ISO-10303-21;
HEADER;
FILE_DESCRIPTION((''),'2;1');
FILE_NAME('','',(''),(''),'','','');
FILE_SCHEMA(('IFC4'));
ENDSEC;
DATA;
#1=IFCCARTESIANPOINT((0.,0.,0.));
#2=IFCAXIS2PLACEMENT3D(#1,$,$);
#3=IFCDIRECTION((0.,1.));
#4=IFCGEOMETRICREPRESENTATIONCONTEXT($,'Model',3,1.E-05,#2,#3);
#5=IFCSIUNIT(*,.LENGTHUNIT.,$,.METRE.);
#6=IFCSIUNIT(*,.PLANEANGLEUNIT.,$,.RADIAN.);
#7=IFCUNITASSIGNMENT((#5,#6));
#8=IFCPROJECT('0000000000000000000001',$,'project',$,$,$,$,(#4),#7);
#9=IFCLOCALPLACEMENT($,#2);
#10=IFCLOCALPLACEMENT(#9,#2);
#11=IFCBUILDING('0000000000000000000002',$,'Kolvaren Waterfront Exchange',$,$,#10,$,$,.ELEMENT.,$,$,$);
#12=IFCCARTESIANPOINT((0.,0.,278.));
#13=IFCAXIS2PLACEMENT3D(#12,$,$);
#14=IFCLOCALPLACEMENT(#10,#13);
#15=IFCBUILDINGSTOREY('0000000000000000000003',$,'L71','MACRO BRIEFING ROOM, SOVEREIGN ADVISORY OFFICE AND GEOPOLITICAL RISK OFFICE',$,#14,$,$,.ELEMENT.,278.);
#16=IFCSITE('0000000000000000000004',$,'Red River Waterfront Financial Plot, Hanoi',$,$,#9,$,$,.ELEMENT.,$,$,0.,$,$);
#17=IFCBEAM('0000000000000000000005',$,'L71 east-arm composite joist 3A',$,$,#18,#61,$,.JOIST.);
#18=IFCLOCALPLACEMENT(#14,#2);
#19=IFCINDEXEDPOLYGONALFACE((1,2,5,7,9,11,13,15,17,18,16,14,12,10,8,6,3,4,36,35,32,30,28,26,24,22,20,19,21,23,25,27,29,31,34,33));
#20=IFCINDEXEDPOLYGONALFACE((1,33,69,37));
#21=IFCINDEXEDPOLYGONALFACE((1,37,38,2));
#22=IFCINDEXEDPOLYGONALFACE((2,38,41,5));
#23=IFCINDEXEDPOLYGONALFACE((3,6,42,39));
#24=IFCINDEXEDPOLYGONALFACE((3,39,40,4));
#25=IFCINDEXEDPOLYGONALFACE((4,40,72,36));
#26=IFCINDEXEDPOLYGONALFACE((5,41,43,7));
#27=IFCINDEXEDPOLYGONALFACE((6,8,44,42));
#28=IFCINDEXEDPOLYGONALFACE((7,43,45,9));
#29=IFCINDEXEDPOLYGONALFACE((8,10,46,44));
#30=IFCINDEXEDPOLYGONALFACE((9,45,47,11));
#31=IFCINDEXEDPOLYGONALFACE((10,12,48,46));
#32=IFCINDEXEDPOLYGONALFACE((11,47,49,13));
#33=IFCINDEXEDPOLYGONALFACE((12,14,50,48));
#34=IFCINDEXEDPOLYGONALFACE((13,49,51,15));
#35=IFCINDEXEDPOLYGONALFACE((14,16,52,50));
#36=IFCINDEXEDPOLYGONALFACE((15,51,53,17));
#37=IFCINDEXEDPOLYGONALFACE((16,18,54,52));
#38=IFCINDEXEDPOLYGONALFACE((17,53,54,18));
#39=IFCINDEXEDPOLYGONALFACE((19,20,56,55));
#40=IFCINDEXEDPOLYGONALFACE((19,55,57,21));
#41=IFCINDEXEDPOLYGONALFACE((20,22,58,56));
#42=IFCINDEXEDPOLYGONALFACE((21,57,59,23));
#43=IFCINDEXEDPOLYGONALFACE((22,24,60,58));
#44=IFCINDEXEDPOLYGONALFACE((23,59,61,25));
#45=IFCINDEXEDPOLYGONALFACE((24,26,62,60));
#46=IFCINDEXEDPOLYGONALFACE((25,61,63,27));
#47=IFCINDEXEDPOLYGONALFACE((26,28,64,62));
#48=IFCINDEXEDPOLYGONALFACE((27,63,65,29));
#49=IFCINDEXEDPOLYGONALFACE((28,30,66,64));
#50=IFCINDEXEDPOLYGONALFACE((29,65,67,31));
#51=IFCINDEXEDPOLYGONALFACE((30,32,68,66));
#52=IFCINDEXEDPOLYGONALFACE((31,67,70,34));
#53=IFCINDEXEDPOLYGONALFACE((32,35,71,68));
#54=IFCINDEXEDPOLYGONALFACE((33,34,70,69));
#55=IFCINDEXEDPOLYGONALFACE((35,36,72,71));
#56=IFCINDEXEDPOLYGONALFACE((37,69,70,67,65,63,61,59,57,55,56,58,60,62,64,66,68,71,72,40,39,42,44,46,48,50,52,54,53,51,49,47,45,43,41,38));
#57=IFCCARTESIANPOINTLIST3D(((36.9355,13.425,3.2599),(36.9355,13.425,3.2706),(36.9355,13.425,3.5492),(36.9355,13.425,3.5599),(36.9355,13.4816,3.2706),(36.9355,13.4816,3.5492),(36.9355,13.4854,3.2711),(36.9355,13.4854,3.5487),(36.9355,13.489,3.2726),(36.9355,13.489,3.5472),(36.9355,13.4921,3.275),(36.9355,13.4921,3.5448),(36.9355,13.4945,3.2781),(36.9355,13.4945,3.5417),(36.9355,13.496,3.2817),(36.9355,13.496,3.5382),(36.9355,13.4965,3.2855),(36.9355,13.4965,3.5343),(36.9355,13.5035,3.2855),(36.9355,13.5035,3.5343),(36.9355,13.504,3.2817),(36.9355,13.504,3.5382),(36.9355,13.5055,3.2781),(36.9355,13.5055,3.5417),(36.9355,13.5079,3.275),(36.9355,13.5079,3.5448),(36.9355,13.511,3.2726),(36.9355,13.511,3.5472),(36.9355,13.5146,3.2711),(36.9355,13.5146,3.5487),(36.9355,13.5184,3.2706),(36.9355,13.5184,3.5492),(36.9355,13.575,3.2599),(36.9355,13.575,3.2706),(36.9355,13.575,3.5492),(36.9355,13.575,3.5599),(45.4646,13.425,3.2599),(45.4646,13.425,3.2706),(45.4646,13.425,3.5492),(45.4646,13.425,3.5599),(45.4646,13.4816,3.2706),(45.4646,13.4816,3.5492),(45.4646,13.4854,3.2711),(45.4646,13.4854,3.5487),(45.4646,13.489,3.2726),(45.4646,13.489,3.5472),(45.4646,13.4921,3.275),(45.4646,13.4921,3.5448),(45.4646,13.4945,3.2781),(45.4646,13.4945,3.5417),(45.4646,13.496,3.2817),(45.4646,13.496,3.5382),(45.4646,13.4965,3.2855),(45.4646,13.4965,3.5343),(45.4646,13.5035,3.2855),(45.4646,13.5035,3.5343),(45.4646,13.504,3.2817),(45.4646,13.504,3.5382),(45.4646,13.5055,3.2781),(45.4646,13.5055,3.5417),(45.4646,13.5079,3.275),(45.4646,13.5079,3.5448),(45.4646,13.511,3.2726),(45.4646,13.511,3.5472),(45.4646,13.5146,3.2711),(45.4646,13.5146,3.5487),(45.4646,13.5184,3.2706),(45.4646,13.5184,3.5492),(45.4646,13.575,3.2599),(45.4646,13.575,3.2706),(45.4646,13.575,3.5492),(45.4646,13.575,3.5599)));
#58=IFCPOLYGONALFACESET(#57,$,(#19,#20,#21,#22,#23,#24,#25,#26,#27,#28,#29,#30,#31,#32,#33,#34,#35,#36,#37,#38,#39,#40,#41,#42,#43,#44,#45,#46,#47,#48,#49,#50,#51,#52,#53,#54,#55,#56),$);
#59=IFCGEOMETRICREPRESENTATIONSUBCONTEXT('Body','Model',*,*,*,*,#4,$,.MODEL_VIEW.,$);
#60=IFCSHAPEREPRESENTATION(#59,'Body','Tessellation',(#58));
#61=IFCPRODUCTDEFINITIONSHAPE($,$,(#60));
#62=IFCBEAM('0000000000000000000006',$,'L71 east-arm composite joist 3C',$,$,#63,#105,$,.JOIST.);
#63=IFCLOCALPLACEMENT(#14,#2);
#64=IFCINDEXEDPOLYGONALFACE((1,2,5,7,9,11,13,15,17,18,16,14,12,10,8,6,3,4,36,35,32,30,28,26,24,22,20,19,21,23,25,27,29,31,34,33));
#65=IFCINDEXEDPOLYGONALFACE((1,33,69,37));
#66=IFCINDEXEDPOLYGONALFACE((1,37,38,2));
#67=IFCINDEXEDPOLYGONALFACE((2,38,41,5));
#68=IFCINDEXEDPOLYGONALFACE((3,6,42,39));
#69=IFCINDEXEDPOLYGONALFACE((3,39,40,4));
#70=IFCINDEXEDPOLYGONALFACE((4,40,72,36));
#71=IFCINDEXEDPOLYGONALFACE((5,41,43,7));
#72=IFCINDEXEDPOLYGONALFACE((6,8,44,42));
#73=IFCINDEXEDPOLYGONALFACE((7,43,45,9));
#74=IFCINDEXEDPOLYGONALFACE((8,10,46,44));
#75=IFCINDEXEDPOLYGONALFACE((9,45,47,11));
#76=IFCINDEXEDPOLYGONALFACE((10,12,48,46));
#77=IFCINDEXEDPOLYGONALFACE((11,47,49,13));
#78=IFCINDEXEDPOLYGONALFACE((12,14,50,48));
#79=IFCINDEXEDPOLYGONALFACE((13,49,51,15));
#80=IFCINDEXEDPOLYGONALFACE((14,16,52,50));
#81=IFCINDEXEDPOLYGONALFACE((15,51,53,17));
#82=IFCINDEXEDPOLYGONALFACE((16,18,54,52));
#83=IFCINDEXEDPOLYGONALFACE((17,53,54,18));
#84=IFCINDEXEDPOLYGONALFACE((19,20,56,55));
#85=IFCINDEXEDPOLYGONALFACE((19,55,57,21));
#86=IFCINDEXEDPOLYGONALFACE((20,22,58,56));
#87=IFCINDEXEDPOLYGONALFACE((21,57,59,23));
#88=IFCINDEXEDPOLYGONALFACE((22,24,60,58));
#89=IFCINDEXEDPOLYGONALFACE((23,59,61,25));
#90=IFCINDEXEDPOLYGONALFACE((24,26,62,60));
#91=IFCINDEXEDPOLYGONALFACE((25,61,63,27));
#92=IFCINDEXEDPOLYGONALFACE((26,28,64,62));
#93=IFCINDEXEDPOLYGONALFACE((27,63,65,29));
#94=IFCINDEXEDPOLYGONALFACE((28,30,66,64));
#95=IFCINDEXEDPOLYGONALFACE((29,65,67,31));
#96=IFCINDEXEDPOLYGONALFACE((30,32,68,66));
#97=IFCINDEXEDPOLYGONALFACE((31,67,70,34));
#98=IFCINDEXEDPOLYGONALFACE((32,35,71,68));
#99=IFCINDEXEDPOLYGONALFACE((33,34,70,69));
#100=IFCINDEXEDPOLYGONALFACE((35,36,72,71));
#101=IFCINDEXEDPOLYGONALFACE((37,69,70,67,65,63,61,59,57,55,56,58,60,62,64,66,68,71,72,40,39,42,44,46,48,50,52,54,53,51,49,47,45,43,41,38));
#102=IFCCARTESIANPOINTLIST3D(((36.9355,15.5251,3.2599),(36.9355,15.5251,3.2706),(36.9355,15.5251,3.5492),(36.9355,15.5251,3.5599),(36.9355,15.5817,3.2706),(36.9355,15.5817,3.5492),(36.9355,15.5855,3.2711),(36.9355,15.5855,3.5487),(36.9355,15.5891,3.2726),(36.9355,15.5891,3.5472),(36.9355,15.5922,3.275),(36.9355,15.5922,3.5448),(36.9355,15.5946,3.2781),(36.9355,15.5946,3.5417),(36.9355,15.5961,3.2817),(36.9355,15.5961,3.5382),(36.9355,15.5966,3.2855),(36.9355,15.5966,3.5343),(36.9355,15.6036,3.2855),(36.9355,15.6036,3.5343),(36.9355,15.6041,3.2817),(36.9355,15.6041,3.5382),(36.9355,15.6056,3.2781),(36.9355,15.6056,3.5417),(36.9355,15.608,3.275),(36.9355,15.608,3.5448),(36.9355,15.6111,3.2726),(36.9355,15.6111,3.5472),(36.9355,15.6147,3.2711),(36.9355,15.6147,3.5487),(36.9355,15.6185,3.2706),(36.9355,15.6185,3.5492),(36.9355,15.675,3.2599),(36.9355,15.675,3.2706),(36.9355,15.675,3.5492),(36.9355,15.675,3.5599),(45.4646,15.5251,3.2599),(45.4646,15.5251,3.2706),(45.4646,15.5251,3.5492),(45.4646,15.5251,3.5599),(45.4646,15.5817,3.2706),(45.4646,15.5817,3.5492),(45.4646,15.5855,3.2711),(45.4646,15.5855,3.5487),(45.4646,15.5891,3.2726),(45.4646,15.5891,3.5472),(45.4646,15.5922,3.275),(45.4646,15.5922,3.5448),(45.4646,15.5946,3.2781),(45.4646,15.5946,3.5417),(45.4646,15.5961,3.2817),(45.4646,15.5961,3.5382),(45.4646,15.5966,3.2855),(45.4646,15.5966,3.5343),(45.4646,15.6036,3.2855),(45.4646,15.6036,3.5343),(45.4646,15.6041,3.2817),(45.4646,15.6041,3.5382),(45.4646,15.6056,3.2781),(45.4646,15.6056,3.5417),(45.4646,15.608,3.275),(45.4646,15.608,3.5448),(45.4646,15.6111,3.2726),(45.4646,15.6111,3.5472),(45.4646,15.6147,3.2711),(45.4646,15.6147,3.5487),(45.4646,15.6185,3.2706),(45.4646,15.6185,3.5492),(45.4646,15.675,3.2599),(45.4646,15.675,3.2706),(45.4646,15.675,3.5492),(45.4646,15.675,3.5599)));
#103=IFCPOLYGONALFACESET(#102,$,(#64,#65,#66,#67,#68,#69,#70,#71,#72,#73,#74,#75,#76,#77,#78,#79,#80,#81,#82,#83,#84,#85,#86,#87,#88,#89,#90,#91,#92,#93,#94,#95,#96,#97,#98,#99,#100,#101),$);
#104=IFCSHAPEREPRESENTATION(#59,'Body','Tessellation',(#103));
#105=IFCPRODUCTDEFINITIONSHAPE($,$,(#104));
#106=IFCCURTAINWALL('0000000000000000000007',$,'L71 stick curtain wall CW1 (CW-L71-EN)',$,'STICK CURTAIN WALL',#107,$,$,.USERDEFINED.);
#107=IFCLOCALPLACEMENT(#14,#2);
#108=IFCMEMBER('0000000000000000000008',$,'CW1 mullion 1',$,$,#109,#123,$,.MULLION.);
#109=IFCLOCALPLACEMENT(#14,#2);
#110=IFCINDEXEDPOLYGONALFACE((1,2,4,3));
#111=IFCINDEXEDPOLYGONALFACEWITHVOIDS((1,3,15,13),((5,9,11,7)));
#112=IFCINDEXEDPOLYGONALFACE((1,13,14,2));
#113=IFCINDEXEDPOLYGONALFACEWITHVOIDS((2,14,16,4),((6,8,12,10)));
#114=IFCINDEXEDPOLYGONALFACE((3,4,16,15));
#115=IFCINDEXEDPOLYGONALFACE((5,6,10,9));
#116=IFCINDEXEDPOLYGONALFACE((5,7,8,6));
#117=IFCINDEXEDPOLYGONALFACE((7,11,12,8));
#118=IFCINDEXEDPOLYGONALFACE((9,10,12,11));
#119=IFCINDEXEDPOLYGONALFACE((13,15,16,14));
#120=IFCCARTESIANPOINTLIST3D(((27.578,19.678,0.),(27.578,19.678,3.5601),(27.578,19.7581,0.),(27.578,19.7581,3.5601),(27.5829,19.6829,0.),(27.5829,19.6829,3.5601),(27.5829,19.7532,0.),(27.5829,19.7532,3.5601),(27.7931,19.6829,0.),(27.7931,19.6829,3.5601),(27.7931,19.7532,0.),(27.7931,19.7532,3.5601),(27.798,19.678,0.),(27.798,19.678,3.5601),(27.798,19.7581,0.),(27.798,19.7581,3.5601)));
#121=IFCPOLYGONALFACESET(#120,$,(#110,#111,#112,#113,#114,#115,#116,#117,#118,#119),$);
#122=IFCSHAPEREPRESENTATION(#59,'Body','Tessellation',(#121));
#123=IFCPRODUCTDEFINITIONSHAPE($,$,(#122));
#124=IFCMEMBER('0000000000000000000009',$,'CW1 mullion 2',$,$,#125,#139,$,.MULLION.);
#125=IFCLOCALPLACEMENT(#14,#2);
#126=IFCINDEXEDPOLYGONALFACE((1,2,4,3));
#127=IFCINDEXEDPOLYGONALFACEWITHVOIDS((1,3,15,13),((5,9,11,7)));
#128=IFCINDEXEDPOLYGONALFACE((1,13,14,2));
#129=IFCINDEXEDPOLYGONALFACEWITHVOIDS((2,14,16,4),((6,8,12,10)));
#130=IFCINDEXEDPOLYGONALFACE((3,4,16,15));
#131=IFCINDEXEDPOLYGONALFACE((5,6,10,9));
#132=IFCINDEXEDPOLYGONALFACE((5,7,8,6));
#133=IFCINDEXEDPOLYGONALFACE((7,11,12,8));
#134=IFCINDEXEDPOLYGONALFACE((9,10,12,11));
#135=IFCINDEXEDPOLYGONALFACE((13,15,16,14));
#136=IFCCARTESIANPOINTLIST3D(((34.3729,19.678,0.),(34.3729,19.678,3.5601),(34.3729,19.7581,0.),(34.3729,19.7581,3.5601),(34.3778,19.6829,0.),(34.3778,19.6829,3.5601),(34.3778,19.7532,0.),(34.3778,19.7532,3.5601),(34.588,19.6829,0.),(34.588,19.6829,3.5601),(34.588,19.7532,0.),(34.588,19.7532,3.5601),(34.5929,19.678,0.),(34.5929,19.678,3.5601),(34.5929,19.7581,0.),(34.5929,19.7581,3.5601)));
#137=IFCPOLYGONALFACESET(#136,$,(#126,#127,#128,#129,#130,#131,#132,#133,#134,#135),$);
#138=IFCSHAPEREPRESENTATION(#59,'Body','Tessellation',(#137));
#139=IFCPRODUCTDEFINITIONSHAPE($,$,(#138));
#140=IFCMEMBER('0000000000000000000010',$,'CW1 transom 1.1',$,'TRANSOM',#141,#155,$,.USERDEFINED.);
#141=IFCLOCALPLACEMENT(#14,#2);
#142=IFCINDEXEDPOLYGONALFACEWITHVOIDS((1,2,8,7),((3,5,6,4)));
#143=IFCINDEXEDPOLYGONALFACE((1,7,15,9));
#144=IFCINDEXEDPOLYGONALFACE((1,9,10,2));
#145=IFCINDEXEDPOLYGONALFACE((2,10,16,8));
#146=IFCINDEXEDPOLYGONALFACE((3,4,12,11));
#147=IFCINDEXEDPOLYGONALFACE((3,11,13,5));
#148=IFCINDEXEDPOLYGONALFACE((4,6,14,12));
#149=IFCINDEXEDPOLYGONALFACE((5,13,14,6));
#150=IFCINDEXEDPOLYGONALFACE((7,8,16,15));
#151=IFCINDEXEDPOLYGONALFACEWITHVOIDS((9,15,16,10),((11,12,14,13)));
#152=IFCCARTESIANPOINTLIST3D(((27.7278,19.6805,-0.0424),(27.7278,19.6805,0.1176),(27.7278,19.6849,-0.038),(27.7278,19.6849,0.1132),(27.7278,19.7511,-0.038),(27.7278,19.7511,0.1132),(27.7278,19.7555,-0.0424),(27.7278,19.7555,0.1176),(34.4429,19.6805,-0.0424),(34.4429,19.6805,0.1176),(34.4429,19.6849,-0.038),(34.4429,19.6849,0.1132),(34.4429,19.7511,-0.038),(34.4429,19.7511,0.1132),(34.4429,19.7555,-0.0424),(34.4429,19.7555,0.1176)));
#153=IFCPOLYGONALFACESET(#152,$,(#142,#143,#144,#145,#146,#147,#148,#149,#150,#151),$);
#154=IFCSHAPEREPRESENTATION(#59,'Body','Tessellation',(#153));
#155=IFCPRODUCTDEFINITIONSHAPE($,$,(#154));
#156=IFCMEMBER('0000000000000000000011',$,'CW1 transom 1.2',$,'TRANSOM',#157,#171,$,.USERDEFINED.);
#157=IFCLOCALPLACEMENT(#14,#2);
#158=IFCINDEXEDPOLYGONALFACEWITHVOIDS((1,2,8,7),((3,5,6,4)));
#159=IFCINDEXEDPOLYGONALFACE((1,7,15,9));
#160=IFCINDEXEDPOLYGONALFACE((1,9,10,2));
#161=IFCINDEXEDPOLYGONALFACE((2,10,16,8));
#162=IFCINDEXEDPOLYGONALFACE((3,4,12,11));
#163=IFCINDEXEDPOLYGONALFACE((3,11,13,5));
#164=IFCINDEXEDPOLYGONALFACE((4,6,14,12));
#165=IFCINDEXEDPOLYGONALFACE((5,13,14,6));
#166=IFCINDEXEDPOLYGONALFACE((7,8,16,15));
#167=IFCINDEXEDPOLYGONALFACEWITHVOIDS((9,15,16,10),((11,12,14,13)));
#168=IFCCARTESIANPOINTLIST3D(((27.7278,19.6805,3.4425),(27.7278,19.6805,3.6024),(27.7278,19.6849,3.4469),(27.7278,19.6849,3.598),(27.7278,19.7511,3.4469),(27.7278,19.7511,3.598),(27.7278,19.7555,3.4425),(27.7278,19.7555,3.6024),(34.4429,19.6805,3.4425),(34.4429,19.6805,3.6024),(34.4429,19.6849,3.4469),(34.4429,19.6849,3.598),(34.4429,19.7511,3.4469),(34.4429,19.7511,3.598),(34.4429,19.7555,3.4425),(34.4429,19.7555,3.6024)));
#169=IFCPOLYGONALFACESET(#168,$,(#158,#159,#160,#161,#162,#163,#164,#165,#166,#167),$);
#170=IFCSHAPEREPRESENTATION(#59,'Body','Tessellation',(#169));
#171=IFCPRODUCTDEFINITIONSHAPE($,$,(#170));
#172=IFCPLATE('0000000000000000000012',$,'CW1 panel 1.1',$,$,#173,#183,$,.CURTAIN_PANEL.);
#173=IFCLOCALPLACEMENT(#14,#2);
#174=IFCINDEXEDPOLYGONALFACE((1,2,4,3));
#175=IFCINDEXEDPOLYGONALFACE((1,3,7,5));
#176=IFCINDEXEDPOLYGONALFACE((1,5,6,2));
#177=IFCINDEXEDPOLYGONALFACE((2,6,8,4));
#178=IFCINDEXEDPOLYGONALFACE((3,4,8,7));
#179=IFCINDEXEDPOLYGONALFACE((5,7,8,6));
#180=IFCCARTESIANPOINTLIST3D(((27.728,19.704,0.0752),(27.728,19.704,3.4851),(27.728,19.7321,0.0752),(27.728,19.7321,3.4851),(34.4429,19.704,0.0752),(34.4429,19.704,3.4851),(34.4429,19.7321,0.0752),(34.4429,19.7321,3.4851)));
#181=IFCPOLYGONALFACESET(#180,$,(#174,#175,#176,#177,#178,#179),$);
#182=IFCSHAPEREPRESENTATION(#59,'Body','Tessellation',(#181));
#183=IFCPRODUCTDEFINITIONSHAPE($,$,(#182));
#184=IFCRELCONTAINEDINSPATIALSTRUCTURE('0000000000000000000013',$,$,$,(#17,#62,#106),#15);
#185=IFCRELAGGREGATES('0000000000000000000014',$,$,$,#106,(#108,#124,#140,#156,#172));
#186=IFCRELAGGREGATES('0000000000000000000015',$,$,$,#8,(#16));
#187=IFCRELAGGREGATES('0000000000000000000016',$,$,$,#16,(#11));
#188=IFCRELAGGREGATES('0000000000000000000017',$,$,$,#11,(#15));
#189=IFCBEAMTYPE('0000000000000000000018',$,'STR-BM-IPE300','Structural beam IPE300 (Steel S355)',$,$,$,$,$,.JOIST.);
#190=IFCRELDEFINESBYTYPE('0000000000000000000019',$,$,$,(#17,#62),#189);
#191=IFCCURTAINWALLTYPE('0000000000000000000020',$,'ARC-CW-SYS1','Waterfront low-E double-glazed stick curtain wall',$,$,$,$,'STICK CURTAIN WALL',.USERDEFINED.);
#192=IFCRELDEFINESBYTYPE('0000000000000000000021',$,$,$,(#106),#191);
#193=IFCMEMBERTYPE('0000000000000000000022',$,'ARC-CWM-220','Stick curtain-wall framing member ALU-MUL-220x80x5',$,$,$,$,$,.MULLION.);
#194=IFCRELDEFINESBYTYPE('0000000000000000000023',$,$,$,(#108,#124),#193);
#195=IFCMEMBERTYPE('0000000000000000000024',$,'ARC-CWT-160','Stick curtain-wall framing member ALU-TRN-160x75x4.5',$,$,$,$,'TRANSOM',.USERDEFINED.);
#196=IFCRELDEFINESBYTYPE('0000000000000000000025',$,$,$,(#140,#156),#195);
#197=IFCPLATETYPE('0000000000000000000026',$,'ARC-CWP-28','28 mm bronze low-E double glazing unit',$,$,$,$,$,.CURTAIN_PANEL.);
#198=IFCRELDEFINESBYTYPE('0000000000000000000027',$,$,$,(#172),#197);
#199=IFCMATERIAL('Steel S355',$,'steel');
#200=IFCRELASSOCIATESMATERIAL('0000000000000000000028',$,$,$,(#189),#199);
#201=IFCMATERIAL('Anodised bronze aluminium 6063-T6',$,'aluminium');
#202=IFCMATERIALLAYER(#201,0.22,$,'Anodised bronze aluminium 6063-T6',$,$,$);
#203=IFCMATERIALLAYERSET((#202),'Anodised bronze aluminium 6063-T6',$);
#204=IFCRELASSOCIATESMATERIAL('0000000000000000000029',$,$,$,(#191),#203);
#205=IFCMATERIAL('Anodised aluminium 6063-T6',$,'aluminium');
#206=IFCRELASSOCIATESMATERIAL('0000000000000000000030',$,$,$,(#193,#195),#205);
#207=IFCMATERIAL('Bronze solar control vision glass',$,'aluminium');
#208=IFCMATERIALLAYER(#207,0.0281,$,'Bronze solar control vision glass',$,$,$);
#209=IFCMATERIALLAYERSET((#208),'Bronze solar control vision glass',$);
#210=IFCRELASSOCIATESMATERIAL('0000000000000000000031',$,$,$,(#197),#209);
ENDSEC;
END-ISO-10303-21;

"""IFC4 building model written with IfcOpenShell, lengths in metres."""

from ifc_helpers import new_model, si_unit, direction, frame, origin, origin_with_axes, origin_2d, place, context, subcontext, project, spatial, rectangle, hollow_rectangle, i_section, extrude, source, transform, mapped, material, layer, layer_set, material_profile, profile_set, type_object, element, aggregate, save


model = new_model("IFC4")

# Units and contexts
model_context = context("Model", 3, precision=1e-05, world=origin(), true_north=direction((0.0, 1.0)))
body_context = subcontext(model_context, "Body", "Model", "MODEL_VIEW")
ifc_project = project(units=[si_unit("LENGTHUNIT", "METRE"), si_unit("PLANEANGLEUNIT", "RADIAN")], contexts=[model_context])

# Site, building, storey
site_placement = place(None, origin())
site = spatial("IfcSite", under=ifc_project, at=site_placement, Name="Red River Waterfront Financial Plot, Hanoi", CompositionType="ELEMENT", RefElevation=0.0)
building_placement = place(site_placement, origin())
building = spatial("IfcBuilding", under=site, at=building_placement, Name="Kolvaren Waterfront Exchange", CompositionType="ELEMENT")
storey_placement = place(building_placement, frame((0.0, 0.0, 278.0)))
storey = spatial("IfcBuildingStorey", under=building, at=storey_placement, Name="L71", Description="MACRO BRIEFING ROOM, SOVEREIGN ADVISORY OFFICE AND GEOPOLITICAL RISK OFFICE", CompositionType="ELEMENT", Elevation=278.0)

# Beams
ifc_material_1 = material(Name="Steel S355", Category="steel")
ifc_material_profile_1 = material_profile(ifc_material_1, i_section(OverallWidth=0.1499, OverallDepth=0.3, WebThickness=0.0071, FlangeThickness=0.0107, FilletRadius=0.0149, at=origin_2d()), Name="IPE300")
ifc_profile_set_1 = profile_set([ifc_material_profile_1], Name="Steel S355")
beam_type_1 = type_object("IfcBeamType", Name="STR-BM-IPE300", Description="Structural beam IPE300 (Steel S355)", PredefinedType="JOIST", material=ifc_profile_set_1)
for number, where, z_axis, x_axis, name in (
    (1, (36.9355, 13.5, 3.4099), (1.0, 0.0, 0.0), (0.0, 1.0, 0.0), "L71 east-arm composite joist 3A"),
    (2, (36.9355, 15.6001, 3.4099), (1.0, 0.0, 0.0), (0.0, 1.0, 0.0), "L71 east-arm composite joist 3C"),
):
    element("IfcBeam", number, at=place(storey_placement, frame(where, z_axis=z_axis, x_axis=x_axis)), inside=storey, type_object=beam_type_1, Name=name, PredefinedType="JOIST", context=body_context, shape_type="SweptSolid", body=[
        extrude(i_section(OverallWidth=0.1499, OverallDepth=0.3, WebThickness=0.0071, FlangeThickness=0.0107, FilletRadius=0.0149, at=origin_2d()), origin(), (0.0, 0.0, 1.0), 8.5291),
    ])

# Curtain wall, members, plate
ifc_material_2 = material(Name="Anodised bronze aluminium 6063-T6", Category="aluminium")
ifc_layer_1 = layer(ifc_material_2, 0.22, Name="Anodised bronze aluminium 6063-T6")
ifc_layer_set_1 = layer_set([ifc_layer_1], Name="Anodised bronze aluminium 6063-T6")
curtain_wall_type = type_object("IfcCurtainWallType", Name="ARC-CW-SYS1", Description="Waterfront low-E double-glazed stick curtain wall", ElementType="STICK CURTAIN WALL", PredefinedType="USERDEFINED", material=ifc_layer_set_1)
curtain_wall_placement = place(storey_placement, origin())
curtain_wall = element("IfcCurtainWall", 3, at=curtain_wall_placement, inside=storey, type_object=curtain_wall_type, Name="L71 stick curtain wall CW1 (CW-L71-EN)", ObjectType="STICK CURTAIN WALL", PredefinedType="USERDEFINED")
ifc_material_3 = material(Name="Anodised aluminium 6063-T6", Category="aluminium")
ifc_material_profile_2 = material_profile(ifc_material_3, hollow_rectangle(XDim=0.0801, YDim=0.22, WallThickness=0.0049, at=origin_2d()), Name="ALU-MUL-220x80x5")
ifc_profile_set_2 = profile_set([ifc_material_profile_2], Name="Anodised aluminium 6063-T6")
member_type_1 = type_object("IfcMemberType", Name="ARC-CWM-220", Description="Stick curtain-wall framing member ALU-MUL-220x80x5", PredefinedType="MULLION", material=ifc_profile_set_2)
shared_shape_1 = source(origin_with_axes(), body_context, "Body", "SweptSolid", [
    extrude(hollow_rectangle(XDim=0.0801, YDim=0.22, WallThickness=0.0049, at=origin_2d()), origin(), (0.0, 0.0, 1.0), 3.5601),
])
member_1_placement = place(storey_placement, frame((27.688, 19.718, 0.0), z_axis=(0.0, 0.0, 1.0), x_axis=(0.0, 1.0, 0.0)))
member_1 = element("IfcMember", 4, at=member_1_placement, type_object=member_type_1, Name="CW1 mullion 1", PredefinedType="MULLION", context=body_context, shape_type="MappedRepresentation", body=[
    mapped(shared_shape_1, transform((0.0, 0.0, 0.0), x_axis=(1.0, 0.0, 0.0), y_axis=(0.0, 1.0, 0.0), z_axis=(0.0, 0.0, 1.0), scale=1.0)),
])
member_2_placement = place(storey_placement, frame((34.4829, 19.718, 0.0), z_axis=(0.0, 0.0, 1.0), x_axis=(0.0, 1.0, 0.0)))
member_2 = element("IfcMember", 5, at=member_2_placement, type_object=member_type_1, Name="CW1 mullion 2", PredefinedType="MULLION", context=body_context, shape_type="MappedRepresentation", body=[
    mapped(shared_shape_1, transform((0.0, 0.0, 0.0), x_axis=(1.0, 0.0, 0.0), y_axis=(0.0, 1.0, 0.0), z_axis=(0.0, 0.0, 1.0), scale=1.0)),
])
ifc_material_profile_3 = material_profile(ifc_material_3, hollow_rectangle(XDim=0.075, YDim=0.1599, WallThickness=0.0044, at=origin_2d()), Name="ALU-TRN-160x75x4.5")
ifc_profile_set_3 = profile_set([ifc_material_profile_3], Name="Anodised aluminium 6063-T6")
member_type_2 = type_object("IfcMemberType", Name="ARC-CWT-160", Description="Stick curtain-wall framing member ALU-TRN-160x75x4.5", ElementType="TRANSOM", PredefinedType="USERDEFINED", material=ifc_profile_set_3)
shared_shape_2 = source(origin_with_axes(), body_context, "Body", "SweptSolid", [
    extrude(hollow_rectangle(XDim=0.075, YDim=0.1599, WallThickness=0.0044, at=origin_2d()), origin(), (0.0, 0.0, 1.0), 6.7151),
])
member_3_placement = place(storey_placement, frame((27.7278, 19.718, 0.0376), z_axis=(1.0, 0.0, 0.0), x_axis=(0.0, 1.0, 0.0)))
member_3 = element("IfcMember", 6, at=member_3_placement, type_object=member_type_2, Name="CW1 transom 1.1", ObjectType="TRANSOM", PredefinedType="USERDEFINED", context=body_context, shape_type="MappedRepresentation", body=[
    mapped(shared_shape_2, transform((0.0, 0.0, 0.0), x_axis=(1.0, 0.0, 0.0), y_axis=(0.0, 1.0, 0.0), z_axis=(0.0, 0.0, 1.0), scale=1.0)),
])
member_4_placement = place(storey_placement, frame((27.7278, 19.718, 3.5225), z_axis=(1.0, 0.0, 0.0), x_axis=(0.0, 1.0, 0.0)))
member_4 = element("IfcMember", 7, at=member_4_placement, type_object=member_type_2, Name="CW1 transom 1.2", ObjectType="TRANSOM", PredefinedType="USERDEFINED", context=body_context, shape_type="MappedRepresentation", body=[
    mapped(shared_shape_2, transform((0.0, 0.0, 0.0), x_axis=(1.0, 0.0, 0.0), y_axis=(0.0, 1.0, 0.0), z_axis=(0.0, 0.0, 1.0), scale=1.0)),
])
ifc_material_4 = material(Name="Bronze solar control vision glass", Category="aluminium")
ifc_layer_2 = layer(ifc_material_4, 0.0281, Name="Bronze solar control vision glass")
ifc_layer_set_2 = layer_set([ifc_layer_2], Name="Bronze solar control vision glass")
plate_type = type_object("IfcPlateType", Name="ARC-CWP-28", Description="28 mm bronze low-E double glazing unit", PredefinedType="CURTAIN_PANEL", material=ifc_layer_set_2)
shared_shape_3 = source(origin_with_axes(), body_context, "Body", "SweptSolid", [
    extrude(rectangle(XDim=6.7148, YDim=0.0281, at=origin_2d()), origin(), (0.0, 0.0, 1.0), 3.4099),
])
plate_placement = place(storey_placement, frame((31.0854, 19.718, 0.0752), z_axis=(0.0, 0.0, 1.0), x_axis=(1.0, 0.0, 0.0)))
plate = element("IfcPlate", 8, at=plate_placement, type_object=plate_type, Name="CW1 panel 1.1", PredefinedType="CURTAIN_PANEL", context=body_context, shape_type="MappedRepresentation", body=[
    mapped(shared_shape_3, transform((0.0, 0.0, 0.0), x_axis=(1.0, 0.0, 0.0), y_axis=(0.0, 1.0, 0.0), z_axis=(0.0, 0.0, 1.0), scale=1.0)),
])
aggregate(curtain_wall, [member_1, member_2, member_3, member_4, plate])

save(model, "model.ifc")
